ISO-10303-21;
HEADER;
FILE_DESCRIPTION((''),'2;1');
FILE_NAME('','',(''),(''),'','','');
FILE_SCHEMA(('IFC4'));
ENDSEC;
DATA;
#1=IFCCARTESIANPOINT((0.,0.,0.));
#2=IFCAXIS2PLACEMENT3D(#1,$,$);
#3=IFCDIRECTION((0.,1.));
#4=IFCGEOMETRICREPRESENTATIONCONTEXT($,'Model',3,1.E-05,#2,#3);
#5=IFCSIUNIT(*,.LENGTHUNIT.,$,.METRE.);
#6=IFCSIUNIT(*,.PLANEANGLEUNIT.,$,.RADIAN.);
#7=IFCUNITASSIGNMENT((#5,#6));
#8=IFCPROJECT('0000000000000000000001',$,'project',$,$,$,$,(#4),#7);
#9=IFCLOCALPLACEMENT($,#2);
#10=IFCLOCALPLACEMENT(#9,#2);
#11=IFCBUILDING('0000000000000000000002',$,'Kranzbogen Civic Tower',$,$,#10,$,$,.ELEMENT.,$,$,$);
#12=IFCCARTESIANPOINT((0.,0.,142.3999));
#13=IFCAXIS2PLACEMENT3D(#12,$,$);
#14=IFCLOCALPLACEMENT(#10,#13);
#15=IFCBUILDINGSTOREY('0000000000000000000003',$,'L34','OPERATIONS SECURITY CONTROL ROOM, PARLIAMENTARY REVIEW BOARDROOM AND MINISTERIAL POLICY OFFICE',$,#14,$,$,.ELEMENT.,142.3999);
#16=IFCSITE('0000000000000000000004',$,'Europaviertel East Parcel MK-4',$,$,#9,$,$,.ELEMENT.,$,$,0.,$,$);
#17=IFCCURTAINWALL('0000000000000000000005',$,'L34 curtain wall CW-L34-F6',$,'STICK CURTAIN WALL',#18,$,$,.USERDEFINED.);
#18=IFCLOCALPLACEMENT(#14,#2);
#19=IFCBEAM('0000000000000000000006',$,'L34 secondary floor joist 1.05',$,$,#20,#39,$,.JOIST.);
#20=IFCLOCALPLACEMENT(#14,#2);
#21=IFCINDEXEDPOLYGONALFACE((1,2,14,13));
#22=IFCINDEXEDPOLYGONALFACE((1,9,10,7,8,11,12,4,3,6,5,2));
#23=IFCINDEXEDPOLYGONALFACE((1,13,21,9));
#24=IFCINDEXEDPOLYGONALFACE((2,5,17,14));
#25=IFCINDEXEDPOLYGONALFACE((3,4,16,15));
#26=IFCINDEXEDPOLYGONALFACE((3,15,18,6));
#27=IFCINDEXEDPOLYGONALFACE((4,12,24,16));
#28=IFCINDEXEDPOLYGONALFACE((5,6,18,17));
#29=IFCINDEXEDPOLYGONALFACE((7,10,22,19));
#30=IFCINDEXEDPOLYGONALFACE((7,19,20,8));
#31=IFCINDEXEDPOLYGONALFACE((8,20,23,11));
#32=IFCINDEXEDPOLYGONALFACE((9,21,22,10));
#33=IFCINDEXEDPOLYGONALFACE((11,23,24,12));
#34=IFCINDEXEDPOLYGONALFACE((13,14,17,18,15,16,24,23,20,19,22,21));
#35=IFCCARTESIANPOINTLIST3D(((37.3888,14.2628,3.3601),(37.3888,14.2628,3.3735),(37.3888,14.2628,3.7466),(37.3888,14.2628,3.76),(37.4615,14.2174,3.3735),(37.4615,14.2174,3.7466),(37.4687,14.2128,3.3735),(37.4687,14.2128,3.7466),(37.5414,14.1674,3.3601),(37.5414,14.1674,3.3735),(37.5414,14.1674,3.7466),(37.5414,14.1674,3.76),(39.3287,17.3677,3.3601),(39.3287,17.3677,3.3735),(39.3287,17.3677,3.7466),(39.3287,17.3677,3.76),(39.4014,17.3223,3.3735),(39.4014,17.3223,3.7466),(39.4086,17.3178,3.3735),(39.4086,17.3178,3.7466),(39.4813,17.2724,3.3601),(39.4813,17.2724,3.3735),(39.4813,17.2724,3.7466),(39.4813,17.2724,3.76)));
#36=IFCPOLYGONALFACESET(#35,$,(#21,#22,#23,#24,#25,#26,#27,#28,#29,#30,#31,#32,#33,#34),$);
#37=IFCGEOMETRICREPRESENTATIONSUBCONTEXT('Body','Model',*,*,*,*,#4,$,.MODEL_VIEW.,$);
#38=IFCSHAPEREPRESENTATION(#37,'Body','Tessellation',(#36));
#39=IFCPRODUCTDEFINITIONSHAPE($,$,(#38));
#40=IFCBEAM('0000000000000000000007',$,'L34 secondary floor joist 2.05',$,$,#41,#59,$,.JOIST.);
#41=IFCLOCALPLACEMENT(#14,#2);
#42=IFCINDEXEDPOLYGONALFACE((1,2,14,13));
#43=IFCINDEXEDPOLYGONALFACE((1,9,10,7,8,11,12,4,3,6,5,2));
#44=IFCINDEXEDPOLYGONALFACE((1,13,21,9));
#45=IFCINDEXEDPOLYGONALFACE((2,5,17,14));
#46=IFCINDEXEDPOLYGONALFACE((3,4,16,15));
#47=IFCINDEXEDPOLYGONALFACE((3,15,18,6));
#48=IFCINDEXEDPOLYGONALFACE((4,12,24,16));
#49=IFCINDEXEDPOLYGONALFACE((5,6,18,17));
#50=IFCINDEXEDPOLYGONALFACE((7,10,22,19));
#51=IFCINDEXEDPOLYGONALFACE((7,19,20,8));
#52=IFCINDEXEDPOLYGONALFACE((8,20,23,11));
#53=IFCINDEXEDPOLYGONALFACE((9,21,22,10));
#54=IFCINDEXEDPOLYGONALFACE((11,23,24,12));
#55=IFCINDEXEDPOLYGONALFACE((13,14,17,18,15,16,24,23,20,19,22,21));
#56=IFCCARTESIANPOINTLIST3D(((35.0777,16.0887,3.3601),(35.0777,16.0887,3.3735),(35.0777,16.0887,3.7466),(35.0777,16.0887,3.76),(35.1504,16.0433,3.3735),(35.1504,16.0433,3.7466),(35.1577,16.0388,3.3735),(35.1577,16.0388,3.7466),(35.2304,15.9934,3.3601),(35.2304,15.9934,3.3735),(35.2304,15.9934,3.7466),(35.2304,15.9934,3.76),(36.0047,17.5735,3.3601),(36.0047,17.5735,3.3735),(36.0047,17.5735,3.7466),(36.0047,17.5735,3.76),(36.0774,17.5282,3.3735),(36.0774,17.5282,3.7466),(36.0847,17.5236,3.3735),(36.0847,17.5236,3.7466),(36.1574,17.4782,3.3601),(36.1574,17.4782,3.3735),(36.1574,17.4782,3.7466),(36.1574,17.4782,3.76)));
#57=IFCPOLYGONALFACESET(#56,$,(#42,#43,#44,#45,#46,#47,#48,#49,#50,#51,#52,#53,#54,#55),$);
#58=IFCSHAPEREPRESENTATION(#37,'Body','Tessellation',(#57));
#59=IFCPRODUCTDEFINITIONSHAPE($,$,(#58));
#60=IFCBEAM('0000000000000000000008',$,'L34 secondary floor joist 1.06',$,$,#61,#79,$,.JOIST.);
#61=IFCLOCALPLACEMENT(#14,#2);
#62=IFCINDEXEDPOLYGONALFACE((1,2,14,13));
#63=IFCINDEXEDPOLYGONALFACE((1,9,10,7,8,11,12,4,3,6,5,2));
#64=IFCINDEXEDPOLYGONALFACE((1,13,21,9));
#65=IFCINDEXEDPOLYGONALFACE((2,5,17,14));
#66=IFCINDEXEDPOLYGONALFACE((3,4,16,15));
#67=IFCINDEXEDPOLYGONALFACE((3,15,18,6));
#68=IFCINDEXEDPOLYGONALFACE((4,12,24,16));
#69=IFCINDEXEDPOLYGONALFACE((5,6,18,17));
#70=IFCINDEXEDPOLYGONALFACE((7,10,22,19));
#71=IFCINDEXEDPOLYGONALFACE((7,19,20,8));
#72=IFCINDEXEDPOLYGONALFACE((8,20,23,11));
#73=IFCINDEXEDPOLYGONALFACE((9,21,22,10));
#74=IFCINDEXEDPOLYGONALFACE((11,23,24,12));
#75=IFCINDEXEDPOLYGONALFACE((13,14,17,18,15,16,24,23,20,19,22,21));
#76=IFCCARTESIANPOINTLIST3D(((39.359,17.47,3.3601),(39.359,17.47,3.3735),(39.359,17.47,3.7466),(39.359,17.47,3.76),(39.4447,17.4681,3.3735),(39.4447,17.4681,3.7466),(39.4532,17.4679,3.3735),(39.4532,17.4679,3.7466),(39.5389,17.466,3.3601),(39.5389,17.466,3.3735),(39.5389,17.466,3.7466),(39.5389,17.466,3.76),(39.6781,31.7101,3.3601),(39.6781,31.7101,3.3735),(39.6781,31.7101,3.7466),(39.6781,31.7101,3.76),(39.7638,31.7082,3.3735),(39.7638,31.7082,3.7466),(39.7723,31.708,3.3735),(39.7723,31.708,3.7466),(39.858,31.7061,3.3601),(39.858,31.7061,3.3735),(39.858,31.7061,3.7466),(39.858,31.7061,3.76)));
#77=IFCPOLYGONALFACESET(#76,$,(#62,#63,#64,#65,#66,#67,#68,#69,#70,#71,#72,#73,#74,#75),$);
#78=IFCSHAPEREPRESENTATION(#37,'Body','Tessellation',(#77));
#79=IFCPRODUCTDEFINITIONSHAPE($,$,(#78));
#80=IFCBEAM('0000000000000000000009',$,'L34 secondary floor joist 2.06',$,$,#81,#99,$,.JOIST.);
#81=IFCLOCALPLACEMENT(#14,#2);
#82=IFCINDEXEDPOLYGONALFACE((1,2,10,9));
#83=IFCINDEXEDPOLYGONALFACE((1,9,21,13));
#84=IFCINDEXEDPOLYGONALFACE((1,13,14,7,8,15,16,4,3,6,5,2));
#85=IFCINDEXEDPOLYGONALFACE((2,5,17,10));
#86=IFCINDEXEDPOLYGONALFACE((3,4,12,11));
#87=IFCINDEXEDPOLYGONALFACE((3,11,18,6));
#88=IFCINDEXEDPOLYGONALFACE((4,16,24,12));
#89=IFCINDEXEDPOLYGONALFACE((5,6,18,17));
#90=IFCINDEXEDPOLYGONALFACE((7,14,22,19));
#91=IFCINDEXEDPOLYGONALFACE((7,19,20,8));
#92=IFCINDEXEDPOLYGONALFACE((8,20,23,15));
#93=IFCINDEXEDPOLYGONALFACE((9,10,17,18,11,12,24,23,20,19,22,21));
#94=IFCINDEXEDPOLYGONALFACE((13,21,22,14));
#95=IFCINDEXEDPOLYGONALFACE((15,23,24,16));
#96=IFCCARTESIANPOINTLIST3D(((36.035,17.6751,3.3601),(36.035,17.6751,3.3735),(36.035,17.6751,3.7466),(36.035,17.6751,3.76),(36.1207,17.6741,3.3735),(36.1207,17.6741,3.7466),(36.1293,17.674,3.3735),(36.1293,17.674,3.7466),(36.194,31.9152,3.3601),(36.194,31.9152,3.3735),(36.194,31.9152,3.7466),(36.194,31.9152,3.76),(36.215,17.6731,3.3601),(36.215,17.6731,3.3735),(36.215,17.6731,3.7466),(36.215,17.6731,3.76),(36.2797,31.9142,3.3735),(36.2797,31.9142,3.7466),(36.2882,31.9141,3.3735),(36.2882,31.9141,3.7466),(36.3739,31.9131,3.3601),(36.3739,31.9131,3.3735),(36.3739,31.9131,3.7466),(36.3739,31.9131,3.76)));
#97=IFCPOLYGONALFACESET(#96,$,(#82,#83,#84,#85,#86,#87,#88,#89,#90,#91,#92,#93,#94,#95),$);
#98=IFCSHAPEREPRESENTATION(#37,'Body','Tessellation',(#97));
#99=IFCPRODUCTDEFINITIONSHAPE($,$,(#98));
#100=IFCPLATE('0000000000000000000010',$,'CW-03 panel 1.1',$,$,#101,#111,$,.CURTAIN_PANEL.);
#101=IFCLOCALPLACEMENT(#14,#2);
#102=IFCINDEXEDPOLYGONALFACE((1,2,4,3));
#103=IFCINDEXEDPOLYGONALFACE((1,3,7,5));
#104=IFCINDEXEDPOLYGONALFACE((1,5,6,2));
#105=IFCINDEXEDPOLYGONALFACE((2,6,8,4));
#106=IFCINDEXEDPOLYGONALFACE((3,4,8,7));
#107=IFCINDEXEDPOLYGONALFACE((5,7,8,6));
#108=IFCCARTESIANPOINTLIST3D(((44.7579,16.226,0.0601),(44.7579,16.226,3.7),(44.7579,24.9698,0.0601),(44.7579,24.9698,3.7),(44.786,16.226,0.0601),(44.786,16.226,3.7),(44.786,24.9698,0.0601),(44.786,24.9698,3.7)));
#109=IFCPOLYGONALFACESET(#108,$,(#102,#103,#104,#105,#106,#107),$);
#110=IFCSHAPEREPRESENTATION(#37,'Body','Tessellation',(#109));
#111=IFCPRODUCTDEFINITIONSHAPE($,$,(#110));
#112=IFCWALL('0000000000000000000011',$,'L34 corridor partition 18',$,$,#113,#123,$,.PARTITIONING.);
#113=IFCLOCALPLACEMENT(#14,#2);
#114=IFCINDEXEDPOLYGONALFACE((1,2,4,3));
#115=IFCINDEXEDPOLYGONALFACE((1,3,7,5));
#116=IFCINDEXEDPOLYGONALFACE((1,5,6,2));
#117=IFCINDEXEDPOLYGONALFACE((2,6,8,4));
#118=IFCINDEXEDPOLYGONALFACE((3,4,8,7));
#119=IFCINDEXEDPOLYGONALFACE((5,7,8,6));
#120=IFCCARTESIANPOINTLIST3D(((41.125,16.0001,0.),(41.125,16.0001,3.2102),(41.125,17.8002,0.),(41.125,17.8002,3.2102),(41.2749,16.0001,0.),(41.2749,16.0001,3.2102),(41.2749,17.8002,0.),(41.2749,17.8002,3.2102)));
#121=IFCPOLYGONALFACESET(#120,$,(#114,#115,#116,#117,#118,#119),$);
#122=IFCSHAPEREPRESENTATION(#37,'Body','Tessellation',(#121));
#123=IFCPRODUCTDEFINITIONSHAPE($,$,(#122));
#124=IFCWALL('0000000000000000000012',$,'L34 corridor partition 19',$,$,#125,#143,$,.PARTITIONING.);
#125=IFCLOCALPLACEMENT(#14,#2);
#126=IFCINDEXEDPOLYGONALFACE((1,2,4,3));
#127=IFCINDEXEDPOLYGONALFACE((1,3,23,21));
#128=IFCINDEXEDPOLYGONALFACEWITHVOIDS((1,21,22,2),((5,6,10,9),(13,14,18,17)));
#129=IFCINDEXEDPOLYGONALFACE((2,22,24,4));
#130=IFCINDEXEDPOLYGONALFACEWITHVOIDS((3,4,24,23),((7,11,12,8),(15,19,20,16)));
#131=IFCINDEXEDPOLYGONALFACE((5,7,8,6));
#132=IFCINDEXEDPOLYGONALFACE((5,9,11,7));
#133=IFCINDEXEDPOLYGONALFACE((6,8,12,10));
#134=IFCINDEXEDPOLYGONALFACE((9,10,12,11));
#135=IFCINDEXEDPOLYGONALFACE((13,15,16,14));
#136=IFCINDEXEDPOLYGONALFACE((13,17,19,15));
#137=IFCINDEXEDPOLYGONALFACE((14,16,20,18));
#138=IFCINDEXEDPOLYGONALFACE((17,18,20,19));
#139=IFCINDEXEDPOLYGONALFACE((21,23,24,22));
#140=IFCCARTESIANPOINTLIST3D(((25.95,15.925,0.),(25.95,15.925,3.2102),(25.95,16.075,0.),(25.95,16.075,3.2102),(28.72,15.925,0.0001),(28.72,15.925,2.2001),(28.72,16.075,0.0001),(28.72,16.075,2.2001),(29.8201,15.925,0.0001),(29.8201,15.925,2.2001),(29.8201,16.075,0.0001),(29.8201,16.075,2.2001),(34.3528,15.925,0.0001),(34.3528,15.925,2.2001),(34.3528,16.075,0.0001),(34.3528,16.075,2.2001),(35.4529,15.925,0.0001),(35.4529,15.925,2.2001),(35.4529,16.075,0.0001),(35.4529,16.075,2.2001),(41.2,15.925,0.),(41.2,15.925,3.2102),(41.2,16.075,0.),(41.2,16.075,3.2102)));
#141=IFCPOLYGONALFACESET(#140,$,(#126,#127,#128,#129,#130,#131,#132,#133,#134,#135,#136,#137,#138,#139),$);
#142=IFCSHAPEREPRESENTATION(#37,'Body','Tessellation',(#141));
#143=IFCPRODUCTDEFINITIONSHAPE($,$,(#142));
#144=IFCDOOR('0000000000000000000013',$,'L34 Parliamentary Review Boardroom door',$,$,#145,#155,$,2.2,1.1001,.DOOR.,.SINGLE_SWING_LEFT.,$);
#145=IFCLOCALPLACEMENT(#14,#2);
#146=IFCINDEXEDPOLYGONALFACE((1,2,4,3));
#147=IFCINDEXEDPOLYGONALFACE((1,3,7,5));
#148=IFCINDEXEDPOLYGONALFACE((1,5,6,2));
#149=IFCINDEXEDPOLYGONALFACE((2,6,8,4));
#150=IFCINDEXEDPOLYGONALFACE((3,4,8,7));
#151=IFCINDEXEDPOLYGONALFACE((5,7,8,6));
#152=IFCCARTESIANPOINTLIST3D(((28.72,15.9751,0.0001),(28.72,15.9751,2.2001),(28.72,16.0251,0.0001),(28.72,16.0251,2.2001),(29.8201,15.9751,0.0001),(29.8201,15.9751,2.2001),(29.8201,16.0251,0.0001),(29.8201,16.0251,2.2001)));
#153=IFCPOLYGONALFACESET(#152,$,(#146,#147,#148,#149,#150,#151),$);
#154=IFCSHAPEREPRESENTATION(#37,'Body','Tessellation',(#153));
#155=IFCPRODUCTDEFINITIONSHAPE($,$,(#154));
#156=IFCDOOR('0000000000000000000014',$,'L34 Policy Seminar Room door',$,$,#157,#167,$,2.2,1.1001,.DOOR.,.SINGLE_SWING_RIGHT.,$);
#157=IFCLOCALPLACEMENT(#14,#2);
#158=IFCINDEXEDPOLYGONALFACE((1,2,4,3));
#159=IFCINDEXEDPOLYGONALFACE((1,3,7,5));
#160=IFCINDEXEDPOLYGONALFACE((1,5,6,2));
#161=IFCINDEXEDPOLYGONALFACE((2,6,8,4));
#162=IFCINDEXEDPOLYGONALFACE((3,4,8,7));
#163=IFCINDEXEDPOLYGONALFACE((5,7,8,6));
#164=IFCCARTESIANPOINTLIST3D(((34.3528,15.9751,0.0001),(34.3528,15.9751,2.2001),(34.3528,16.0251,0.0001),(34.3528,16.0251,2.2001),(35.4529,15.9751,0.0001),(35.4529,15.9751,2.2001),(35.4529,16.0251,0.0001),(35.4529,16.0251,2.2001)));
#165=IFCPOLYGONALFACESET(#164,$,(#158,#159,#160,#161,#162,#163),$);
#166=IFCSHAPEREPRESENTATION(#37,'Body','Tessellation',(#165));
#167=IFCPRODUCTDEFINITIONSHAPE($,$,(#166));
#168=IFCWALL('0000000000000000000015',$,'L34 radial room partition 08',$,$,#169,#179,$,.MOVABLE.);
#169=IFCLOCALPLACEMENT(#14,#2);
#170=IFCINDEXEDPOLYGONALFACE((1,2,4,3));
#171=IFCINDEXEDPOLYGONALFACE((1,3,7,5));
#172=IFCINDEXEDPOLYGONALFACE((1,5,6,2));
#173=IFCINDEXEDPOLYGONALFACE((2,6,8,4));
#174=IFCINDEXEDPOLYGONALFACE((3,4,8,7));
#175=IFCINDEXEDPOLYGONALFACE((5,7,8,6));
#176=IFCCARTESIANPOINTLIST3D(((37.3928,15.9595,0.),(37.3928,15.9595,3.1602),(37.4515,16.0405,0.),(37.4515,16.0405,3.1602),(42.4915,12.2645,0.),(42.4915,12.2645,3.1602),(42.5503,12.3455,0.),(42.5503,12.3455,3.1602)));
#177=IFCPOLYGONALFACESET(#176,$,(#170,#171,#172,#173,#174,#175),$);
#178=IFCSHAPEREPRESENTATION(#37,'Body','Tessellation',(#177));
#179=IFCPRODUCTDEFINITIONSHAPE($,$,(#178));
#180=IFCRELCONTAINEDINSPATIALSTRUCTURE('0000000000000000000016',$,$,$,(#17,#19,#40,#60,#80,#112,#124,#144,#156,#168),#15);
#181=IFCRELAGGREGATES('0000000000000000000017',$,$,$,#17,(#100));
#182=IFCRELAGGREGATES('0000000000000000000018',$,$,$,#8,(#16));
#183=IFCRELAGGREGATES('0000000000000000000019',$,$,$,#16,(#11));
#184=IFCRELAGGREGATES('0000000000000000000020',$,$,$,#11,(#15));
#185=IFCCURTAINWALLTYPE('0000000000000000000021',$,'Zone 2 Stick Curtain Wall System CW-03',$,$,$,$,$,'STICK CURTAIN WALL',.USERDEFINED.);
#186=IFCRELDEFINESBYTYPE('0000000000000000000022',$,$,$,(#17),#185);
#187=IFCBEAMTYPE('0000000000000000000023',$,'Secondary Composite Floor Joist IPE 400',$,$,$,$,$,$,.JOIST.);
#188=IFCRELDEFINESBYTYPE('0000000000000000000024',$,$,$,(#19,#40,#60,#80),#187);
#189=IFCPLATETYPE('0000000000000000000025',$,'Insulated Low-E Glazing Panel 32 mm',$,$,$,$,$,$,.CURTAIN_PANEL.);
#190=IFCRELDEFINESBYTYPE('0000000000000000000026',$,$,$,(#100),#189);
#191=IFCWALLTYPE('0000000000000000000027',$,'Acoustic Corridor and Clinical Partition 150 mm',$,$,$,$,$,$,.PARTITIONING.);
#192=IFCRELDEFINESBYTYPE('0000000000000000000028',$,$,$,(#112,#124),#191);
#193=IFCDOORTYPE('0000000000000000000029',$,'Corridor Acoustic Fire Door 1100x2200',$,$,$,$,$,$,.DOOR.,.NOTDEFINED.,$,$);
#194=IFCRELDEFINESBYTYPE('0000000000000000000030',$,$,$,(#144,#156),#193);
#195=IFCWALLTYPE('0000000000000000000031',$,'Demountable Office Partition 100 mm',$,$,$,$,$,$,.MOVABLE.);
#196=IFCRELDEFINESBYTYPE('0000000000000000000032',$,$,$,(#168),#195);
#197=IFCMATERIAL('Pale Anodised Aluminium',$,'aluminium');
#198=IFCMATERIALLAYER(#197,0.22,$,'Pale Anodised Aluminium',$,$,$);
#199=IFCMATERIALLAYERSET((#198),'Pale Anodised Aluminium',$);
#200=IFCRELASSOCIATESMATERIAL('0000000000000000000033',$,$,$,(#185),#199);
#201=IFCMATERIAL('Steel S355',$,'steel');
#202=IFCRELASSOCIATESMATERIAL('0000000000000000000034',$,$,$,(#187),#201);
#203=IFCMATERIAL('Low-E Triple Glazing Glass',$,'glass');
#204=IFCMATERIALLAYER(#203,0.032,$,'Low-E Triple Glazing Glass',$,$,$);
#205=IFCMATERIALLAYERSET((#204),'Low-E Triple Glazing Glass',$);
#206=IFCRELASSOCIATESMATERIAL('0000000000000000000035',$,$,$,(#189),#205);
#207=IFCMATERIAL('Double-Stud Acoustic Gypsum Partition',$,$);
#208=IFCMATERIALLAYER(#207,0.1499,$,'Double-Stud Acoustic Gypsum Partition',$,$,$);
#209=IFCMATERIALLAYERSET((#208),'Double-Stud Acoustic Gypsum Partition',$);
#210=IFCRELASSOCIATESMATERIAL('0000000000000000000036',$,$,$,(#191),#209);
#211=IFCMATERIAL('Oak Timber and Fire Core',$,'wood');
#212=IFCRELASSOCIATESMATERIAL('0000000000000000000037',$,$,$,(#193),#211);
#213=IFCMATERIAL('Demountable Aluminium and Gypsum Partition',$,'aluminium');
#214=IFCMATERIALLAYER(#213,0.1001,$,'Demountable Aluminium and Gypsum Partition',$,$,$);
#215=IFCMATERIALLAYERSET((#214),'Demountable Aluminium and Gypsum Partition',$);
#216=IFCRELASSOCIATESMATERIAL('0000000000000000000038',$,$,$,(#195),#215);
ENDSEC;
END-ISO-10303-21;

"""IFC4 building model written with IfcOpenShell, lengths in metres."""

from ifc_helpers import new_model, si_unit, direction, frame, frame_2d, origin, origin_2d, place, context, subcontext, project, spatial, rectangle, i_section, extrude, material, layer, layer_set, material_profile, profile_set, type_object, element, fill, aggregate, save


model = new_model("IFC4")

# Units and contexts
model_context = context("Model", 3, precision=1e-05, world=origin(), true_north=direction((0.0, 1.0)))
body_context = subcontext(model_context, "Body", "Model", "MODEL_VIEW")
ifc_project = project(units=[si_unit("LENGTHUNIT", "METRE"), si_unit("PLANEANGLEUNIT", "RADIAN")], contexts=[model_context])

# Site, building, storey
site_placement = place(None, origin())
site = spatial("IfcSite", under=ifc_project, at=site_placement, Name="Europaviertel East Parcel MK-4", CompositionType="ELEMENT", RefElevation=0.0)
building_placement = place(site_placement, origin())
building = spatial("IfcBuilding", under=site, at=building_placement, Name="Kranzbogen Civic Tower", CompositionType="ELEMENT")
storey_placement = place(building_placement, frame((0.0, 0.0, 142.3999)))
storey = spatial("IfcBuildingStorey", under=building, at=storey_placement, Name="L34", Description="OPERATIONS SECURITY CONTROL ROOM, PARLIAMENTARY REVIEW BOARDROOM AND MINISTERIAL POLICY OFFICE", CompositionType="ELEMENT", Elevation=142.3999)

# Shared definitions
ifc_material_1 = material(Name="Steel S355", Category="steel")

# Shared definitions
ifc_material_2 = material(Name="Pale Anodised Aluminium", Category="aluminium")
ifc_layer_1 = layer(ifc_material_2, 0.22, Name="Pale Anodised Aluminium")
ifc_layer_set_1 = layer_set([ifc_layer_1], Name="Pale Anodised Aluminium")
curtain_wall_type = type_object("IfcCurtainWallType", Name="Zone 2 Stick Curtain Wall System CW-03", ElementType="STICK CURTAIN WALL", PredefinedType="USERDEFINED", material=ifc_layer_set_1)

# Curtain wall
curtain_wall_1_placement = place(storey_placement, origin())
curtain_wall_1 = element("IfcCurtainWall", 1, at=curtain_wall_1_placement, inside=storey, type_object=curtain_wall_type, Name="L34 curtain wall CW-L34-F6", ObjectType="STICK CURTAIN WALL", PredefinedType="USERDEFINED")

# Beams
ifc_material_profile_1 = material_profile(ifc_material_1, i_section(OverallWidth=0.1799, OverallDepth=0.3999, WebThickness=0.0085, FlangeThickness=0.0134, at=origin_2d()), Name="IPE 400")
ifc_profile_set_1 = profile_set([ifc_material_profile_1], Name="Steel S355")
beam_type_1 = type_object("IfcBeamType", Name="Secondary Composite Floor Joist IPE 400", PredefinedType="JOIST", material=ifc_profile_set_1)
beam_1_placement = place(storey_placement, frame((37.4651, 14.2151, 3.5601), z_axis=(0.529867, 0.848081, 0.0), x_axis=(-0.848081, 0.529867, 0.0)))
element("IfcBeam", 2, at=beam_1_placement, inside=storey, type_object=beam_type_1, Name="L34 secondary floor joist 1.05", PredefinedType="JOIST", context=body_context, shape_type="SweptSolid", body=[
    extrude(i_section(OverallWidth=0.1799, OverallDepth=0.3999, WebThickness=0.0085, FlangeThickness=0.0134, at=origin_2d()), origin(), (0.0, 0.0, 1.0), 3.6611),
])
beam_2_placement = place(storey_placement, frame((35.1541, 16.041, 3.5601), z_axis=(0.529573, 0.848265, 0.0), x_axis=(-0.848265, 0.529573, 0.0)))
element("IfcBeam", 3, at=beam_2_placement, inside=storey, type_object=beam_type_1, Name="L34 secondary floor joist 2.05", PredefinedType="JOIST", context=body_context, shape_type="SweptSolid", body=[
    extrude(i_section(OverallWidth=0.1799, OverallDepth=0.3999, WebThickness=0.0085, FlangeThickness=0.0134, at=origin_2d()), origin(), (0.0, 0.0, 1.0), 1.7505),
])
beam_3_placement = place(storey_placement, frame((39.449, 17.468, 3.5601), z_axis=(0.022403, 0.999749, 0.0), x_axis=(-0.999749, 0.022403, 0.0)))
element("IfcBeam", 4, at=beam_3_placement, inside=storey, type_object=beam_type_1, Name="L34 secondary floor joist 1.06", PredefinedType="JOIST", context=body_context, shape_type="SweptSolid", body=[
    extrude(i_section(OverallWidth=0.1799, OverallDepth=0.3999, WebThickness=0.0085, FlangeThickness=0.0134, at=origin_2d()), origin(), (0.0, 0.0, 1.0), 14.2437),
])
beam_4_placement = place(storey_placement, frame((36.125, 17.6741, 3.5601), z_axis=(0.011161, 0.999938, 0.0), x_axis=(-0.999938, 0.011161, 0.0)))
element("IfcBeam", 5, at=beam_4_placement, inside=storey, type_object=beam_type_1, Name="L34 secondary floor joist 2.06", PredefinedType="JOIST", context=body_context, shape_type="SweptSolid", body=[
    extrude(i_section(OverallWidth=0.1799, OverallDepth=0.3999, WebThickness=0.0085, FlangeThickness=0.0134, at=origin_2d()), origin(), (0.0, 0.0, 1.0), 14.241),
])

# Plate
ifc_material_3 = material(Name="Low-E Triple Glazing Glass", Category="glass")
ifc_layer_2 = layer(ifc_material_3, 0.032, Name="Low-E Triple Glazing Glass")
ifc_layer_set_2 = layer_set([ifc_layer_2], Name="Low-E Triple Glazing Glass")
plate_type = type_object("IfcPlateType", Name="Insulated Low-E Glazing Panel 32 mm", PredefinedType="CURTAIN_PANEL", material=ifc_layer_set_2)
plate_placement = place(storey_placement, frame((44.772, 20.5979, 0.0601), z_axis=(0.0, 0.0, 1.0), x_axis=(0.0, 1.0, 0.0)))
plate = element("IfcPlate", 6, at=plate_placement, type_object=plate_type, Name="CW-03 panel 1.1", PredefinedType="CURTAIN_PANEL", context=body_context, shape_type="SweptSolid", body=[
    extrude(rectangle(XDim=8.7439, YDim=0.0281, at=origin_2d()), origin(), (0.0, 0.0, 1.0), 3.6399),
])
aggregate(curtain_wall_1, [plate])

# Wall
ifc_material_4 = material(Name="Double-Stud Acoustic Gypsum Partition")
ifc_layer_3 = layer(ifc_material_4, 0.1499, Name="Double-Stud Acoustic Gypsum Partition")
ifc_layer_set_3 = layer_set([ifc_layer_3], Name="Double-Stud Acoustic Gypsum Partition")
wall_type_1 = type_object("IfcWallType", Name="Acoustic Corridor and Clinical Partition 150 mm", PredefinedType="PARTITIONING", material=ifc_layer_set_3)
wall_1_placement = place(storey_placement, frame((41.2, 17.8, 0.0), z_axis=(0.0, 0.0, 1.0), x_axis=(0.0, -1.0, 0.0)))
element("IfcWall", 7, at=wall_1_placement, inside=storey, type_object=wall_type_1, Name="L34 corridor partition 18", PredefinedType="PARTITIONING", context=body_context, shape_type="SweptSolid", body=[
    extrude(rectangle(XDim=1.8, YDim=0.1499, at=frame_2d((0.8999, 0.0))), origin(), (0.0, 0.0, 1.0), 3.2102),
])

# Wall, openings, doors
wall_2_placement = place(storey_placement, frame((41.2, 16.0, 0.0), z_axis=(0.0, 0.0, 1.0), x_axis=(-1.0, 0.0, 0.0)))
wall_2 = element("IfcWall", 8, at=wall_2_placement, inside=storey, type_object=wall_type_1, Name="L34 corridor partition 19", PredefinedType="PARTITIONING", context=body_context, shape_type="SweptSolid", body=[
    extrude(rectangle(XDim=15.25, YDim=0.1499, at=frame_2d((7.625, 0.0))), origin(), (0.0, 0.0, 1.0), 3.2102),
])
opening_1_placement = place(wall_2_placement, frame((11.3799, 0.0, 0.0)))
opening_1 = element("IfcOpeningElement", 9, at=opening_1_placement, cuts=wall_2, PredefinedType="OPENING", context=body_context, shape_type="SweptSolid", body=[
    extrude(rectangle(XDim=1.1001, YDim=2.2, at=frame_2d((0.55, 1.1001))), frame((0.0, 0.085, 0.0), z_axis=(0.0, -1.0, 0.0), x_axis=(1.0, 0.0, 0.0)), (0.0, 0.0, 1.0), 0.1699),
])
opening_2_placement = place(wall_2_placement, frame((5.7471, 0.0, 0.0)))
opening_2 = element("IfcOpeningElement", 10, at=opening_2_placement, cuts=wall_2, PredefinedType="OPENING", context=body_context, shape_type="SweptSolid", body=[
    extrude(rectangle(XDim=1.1001, YDim=2.2, at=frame_2d((0.55, 1.1001))), frame((0.0, 0.085, 0.0), z_axis=(0.0, -1.0, 0.0), x_axis=(1.0, 0.0, 0.0)), (0.0, 0.0, 1.0), 0.1699),
])
ifc_material_5 = material(Name="Oak Timber and Fire Core", Category="wood")
door_type = type_object("IfcDoorType", Name="Corridor Acoustic Fire Door 1100x2200", OperationType="NOTDEFINED", PredefinedType="DOOR", material=ifc_material_5)
door_1_placement = place(opening_1_placement, origin())
door_1 = element("IfcDoor", 11, at=door_1_placement, inside=storey, type_object=door_type, Name="L34 Parliamentary Review Boardroom door", OperationType="SINGLE_SWING_LEFT", OverallHeight=2.2, OverallWidth=1.1001, PredefinedType="DOOR", context=body_context, shape_type="SweptSolid", body=[
    extrude(rectangle(XDim=1.1001, YDim=2.2, at=frame_2d((0.55, 1.1001))), frame((0.0, 0.0249, 0.0), z_axis=(0.0, -1.0, 0.0), x_axis=(1.0, 0.0, 0.0)), (0.0, 0.0, 1.0), 0.05),
])
fill(opening_1, door_1)
door_2_placement = place(opening_2_placement, origin())
door_2 = element("IfcDoor", 12, at=door_2_placement, inside=storey, type_object=door_type, Name="L34 Policy Seminar Room door", OperationType="SINGLE_SWING_RIGHT", OverallHeight=2.2, OverallWidth=1.1001, PredefinedType="DOOR", context=body_context, shape_type="SweptSolid", body=[
    extrude(rectangle(XDim=1.1001, YDim=2.2, at=frame_2d((0.55, 1.1001))), frame((0.0, 0.0249, 0.0), z_axis=(0.0, -1.0, 0.0), x_axis=(1.0, 0.0, 0.0)), (0.0, 0.0, 1.0), 0.05),
])
fill(opening_2, door_2)

# Wall
ifc_material_6 = material(Name="Demountable Aluminium and Gypsum Partition", Category="aluminium")
ifc_layer_4 = layer(ifc_material_6, 0.1001, Name="Demountable Aluminium and Gypsum Partition")
ifc_layer_set_4 = layer_set([ifc_layer_4], Name="Demountable Aluminium and Gypsum Partition")
wall_type_2 = type_object("IfcWallType", Name="Demountable Office Partition 100 mm", PredefinedType="MOVABLE", material=ifc_layer_set_4)
wall_3_placement = place(storey_placement, frame((37.4221, 16.0, 0.0), z_axis=(0.0, 0.0, 1.0), x_axis=(0.809732, -0.586799, 0.0)))
element("IfcWall", 13, at=wall_3_placement, inside=storey, type_object=wall_type_2, Name="L34 radial room partition 08", PredefinedType="MOVABLE", context=body_context, shape_type="SweptSolid", body=[
    extrude(rectangle(XDim=6.2969, YDim=0.1001, at=frame_2d((3.1484, 0.0))), origin(), (0.0, 0.0, 1.0), 3.1602),
])

save(model, "model.ifc")
